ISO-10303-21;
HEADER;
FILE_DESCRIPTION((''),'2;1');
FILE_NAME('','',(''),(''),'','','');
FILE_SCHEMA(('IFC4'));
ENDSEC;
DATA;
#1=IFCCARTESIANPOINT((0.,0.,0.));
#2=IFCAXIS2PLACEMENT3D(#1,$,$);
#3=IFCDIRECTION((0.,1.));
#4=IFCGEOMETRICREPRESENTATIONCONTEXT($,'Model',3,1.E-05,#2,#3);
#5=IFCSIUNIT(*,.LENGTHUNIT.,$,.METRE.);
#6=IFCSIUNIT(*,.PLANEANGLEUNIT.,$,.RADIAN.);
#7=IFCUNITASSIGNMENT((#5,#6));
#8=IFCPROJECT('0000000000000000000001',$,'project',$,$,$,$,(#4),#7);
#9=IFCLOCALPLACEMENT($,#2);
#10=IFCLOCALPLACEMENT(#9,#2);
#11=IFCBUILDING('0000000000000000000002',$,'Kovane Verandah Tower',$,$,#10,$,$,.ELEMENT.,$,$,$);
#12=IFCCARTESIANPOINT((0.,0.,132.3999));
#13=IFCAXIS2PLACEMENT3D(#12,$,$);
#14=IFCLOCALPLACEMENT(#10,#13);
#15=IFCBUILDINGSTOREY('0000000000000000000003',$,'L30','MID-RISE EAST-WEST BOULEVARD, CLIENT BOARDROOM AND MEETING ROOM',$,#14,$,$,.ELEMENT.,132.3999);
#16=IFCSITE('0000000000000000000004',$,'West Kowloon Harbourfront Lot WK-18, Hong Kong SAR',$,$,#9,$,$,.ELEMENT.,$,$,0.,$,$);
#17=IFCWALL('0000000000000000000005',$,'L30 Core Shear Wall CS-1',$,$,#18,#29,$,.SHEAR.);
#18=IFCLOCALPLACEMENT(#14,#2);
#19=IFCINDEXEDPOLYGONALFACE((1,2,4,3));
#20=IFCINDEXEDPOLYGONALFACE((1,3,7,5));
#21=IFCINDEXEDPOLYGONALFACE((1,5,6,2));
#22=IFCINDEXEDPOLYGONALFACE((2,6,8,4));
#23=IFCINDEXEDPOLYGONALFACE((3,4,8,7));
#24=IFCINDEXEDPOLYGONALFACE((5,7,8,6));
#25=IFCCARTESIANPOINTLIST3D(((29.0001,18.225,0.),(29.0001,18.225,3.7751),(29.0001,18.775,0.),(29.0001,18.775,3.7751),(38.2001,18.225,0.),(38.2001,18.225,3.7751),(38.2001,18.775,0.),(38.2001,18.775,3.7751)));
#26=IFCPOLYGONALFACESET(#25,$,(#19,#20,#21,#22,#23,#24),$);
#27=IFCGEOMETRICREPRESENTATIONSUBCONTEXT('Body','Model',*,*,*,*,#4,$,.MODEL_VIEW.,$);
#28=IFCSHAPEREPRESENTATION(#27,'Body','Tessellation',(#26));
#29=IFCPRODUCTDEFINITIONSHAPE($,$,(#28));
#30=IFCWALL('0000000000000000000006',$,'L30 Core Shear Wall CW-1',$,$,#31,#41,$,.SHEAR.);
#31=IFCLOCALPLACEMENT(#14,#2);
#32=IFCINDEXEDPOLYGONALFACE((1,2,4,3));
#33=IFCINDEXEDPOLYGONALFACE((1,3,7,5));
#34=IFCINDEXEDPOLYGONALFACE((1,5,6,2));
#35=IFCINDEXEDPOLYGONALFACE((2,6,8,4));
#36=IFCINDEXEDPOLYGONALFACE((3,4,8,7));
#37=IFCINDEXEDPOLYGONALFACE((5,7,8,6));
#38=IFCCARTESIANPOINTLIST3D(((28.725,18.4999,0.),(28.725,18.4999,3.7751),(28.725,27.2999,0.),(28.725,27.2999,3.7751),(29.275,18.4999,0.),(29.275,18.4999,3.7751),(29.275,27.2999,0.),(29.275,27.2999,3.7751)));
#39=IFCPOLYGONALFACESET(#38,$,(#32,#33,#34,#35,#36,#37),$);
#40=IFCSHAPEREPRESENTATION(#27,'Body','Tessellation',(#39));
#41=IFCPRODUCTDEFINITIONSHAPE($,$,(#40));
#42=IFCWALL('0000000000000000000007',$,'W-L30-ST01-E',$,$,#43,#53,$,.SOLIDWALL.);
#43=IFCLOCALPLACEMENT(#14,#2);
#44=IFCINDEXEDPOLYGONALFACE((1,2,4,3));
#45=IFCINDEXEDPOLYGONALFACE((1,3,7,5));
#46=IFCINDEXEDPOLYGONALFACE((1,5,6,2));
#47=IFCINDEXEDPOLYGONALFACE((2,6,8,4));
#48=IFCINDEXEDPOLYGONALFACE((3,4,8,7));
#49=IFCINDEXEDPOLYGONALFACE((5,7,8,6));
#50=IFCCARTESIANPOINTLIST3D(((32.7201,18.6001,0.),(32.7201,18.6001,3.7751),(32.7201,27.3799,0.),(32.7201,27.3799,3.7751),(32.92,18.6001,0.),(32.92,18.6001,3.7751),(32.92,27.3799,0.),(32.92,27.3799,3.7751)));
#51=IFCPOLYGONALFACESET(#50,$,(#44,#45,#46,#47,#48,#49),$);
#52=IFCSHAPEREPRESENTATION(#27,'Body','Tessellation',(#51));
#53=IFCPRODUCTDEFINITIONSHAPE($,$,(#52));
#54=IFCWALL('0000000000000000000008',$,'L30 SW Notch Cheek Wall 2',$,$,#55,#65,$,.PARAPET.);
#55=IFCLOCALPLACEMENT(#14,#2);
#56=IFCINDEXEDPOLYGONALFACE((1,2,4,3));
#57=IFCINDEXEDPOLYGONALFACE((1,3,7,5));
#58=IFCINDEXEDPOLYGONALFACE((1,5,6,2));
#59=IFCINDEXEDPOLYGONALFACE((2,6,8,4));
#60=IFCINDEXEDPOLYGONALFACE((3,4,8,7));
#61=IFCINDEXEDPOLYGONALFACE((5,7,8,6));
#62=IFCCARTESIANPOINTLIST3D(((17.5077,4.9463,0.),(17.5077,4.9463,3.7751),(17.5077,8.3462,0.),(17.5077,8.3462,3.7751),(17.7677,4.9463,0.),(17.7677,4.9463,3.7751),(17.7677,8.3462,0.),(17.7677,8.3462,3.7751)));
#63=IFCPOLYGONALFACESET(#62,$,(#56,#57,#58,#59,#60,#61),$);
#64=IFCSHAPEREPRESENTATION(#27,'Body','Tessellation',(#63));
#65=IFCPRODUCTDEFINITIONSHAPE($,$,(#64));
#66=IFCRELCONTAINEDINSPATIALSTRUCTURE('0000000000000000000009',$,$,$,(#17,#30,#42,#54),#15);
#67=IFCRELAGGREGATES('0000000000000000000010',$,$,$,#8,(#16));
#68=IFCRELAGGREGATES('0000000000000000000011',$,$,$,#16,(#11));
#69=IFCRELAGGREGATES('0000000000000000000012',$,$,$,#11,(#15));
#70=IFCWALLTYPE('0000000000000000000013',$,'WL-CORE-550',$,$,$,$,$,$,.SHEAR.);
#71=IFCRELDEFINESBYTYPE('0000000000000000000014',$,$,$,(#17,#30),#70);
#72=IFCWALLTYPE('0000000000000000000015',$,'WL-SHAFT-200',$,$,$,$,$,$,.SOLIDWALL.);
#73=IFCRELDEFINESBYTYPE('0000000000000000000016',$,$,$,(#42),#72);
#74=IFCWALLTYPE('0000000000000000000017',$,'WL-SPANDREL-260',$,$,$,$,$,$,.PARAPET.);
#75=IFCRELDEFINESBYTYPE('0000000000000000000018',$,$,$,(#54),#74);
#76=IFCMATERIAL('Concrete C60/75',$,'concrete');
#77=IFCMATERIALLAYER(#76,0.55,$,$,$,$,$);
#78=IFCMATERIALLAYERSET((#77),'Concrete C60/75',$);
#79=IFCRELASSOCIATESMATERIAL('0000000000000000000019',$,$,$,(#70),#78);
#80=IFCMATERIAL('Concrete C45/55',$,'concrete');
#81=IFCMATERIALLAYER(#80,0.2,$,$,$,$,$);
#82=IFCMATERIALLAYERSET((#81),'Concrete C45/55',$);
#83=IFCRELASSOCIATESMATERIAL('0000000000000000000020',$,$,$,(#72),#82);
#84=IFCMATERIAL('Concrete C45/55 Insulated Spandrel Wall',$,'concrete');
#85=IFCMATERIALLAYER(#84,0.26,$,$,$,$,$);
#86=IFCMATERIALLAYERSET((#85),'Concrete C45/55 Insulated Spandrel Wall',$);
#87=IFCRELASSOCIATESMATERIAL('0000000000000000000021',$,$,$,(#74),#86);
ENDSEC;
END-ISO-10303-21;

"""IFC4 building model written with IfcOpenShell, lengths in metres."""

from ifc_helpers import new_model, si_unit, direction, frame, frame_2d, origin, place, context, subcontext, project, spatial, rectangle, extrude, material, layer, layer_set, type_object, element, save


model = new_model("IFC4")

# Units and contexts
model_context = context("Model", 3, precision=1e-05, world=origin(), true_north=direction((0.0, 1.0)))
body_context = subcontext(model_context, "Body", "Model", "MODEL_VIEW")
ifc_project = project(units=[si_unit("LENGTHUNIT", "METRE"), si_unit("PLANEANGLEUNIT", "RADIAN")], contexts=[model_context])

# Site, building, storey
site_placement = place(None, origin())
site = spatial("IfcSite", under=ifc_project, at=site_placement, Name="West Kowloon Harbourfront Lot WK-18, Hong Kong SAR", CompositionType="ELEMENT", RefElevation=0.0)
building_placement = place(site_placement, origin())
building = spatial("IfcBuilding", under=site, at=building_placement, Name="Kovane Verandah Tower", CompositionType="ELEMENT")
storey_placement = place(building_placement, frame((0.0, 0.0, 132.3999)))
storey = spatial("IfcBuildingStorey", under=building, at=storey_placement, Name="L30", Description="MID-RISE EAST-WEST BOULEVARD, CLIENT BOARDROOM AND MEETING ROOM", CompositionType="ELEMENT", Elevation=132.3999)

# Walls
ifc_material_1 = material(Name="Concrete C60/75", Category="concrete")
ifc_layer_1 = layer(ifc_material_1, 0.55)
ifc_layer_set_1 = layer_set([ifc_layer_1], Name="Concrete C60/75")
wall_type_1 = type_object("IfcWallType", Name="WL-CORE-550", PredefinedType="SHEAR", material=ifc_layer_set_1)
wall_1_placement = place(storey_placement, frame((29.0, 18.5, 0.0), z_axis=(0.0, 0.0, 1.0), x_axis=(1.0, 0.0, 0.0)))
element("IfcWall", 1, at=wall_1_placement, inside=storey, type_object=wall_type_1, Name="L30 Core Shear Wall CS-1", PredefinedType="SHEAR", context=body_context, shape_type="SweptSolid", body=[
    extrude(rectangle(XDim=9.2, YDim=0.55, at=frame_2d((4.6001, 0.0))), origin(), (0.0, 0.0, 1.0), 3.7751),
])
wall_2_placement = place(storey_placement, frame((29.0, 18.5, 0.0), z_axis=(0.0, 0.0, 1.0), x_axis=(0.0, 1.0, 0.0)))
element("IfcWall", 2, at=wall_2_placement, inside=storey, type_object=wall_type_1, Name="L30 Core Shear Wall CW-1", PredefinedType="SHEAR", context=body_context, shape_type="SweptSolid", body=[
    extrude(rectangle(XDim=8.8, YDim=0.55, at=frame_2d((4.3999, 0.0))), origin(), (0.0, 0.0, 1.0), 3.7751),
])
ifc_material_2 = material(Name="Concrete C45/55", Category="concrete")
ifc_layer_2 = layer(ifc_material_2, 0.2)
ifc_layer_set_2 = layer_set([ifc_layer_2], Name="Concrete C45/55")
wall_type_2 = type_object("IfcWallType", Name="WL-SHAFT-200", PredefinedType="SOLIDWALL", material=ifc_layer_set_2)
wall_3_placement = place(storey_placement, frame((32.8201, 18.6001, 0.0), z_axis=(0.0, 0.0, 1.0), x_axis=(0.0, 1.0, 0.0)))
element("IfcWall", 3, at=wall_3_placement, inside=storey, type_object=wall_type_2, Name="W-L30-ST01-E", PredefinedType="SOLIDWALL", context=body_context, shape_type="SweptSolid", body=[
    extrude(rectangle(XDim=8.7798, YDim=0.2, at=frame_2d((4.3899, 0.0))), origin(), (0.0, 0.0, 1.0), 3.7751),
])
ifc_material_3 = material(Name="Concrete C45/55 Insulated Spandrel Wall", Category="concrete")
ifc_layer_3 = layer(ifc_material_3, 0.26)
ifc_layer_set_3 = layer_set([ifc_layer_3], Name="Concrete C45/55 Insulated Spandrel Wall")
wall_type_3 = type_object("IfcWallType", Name="WL-SPANDREL-260", PredefinedType="PARAPET", material=ifc_layer_set_3)
wall_4_placement = place(storey_placement, frame((17.6377, 8.3462, 0.0), z_axis=(0.0, 0.0, 1.0), x_axis=(0.0, -1.0, 0.0)))
element("IfcWall", 4, at=wall_4_placement, inside=storey, type_object=wall_type_3, Name="L30 SW Notch Cheek Wall 2", PredefinedType="PARAPET", context=body_context, shape_type="SweptSolid", body=[
    extrude(rectangle(XDim=3.3999, YDim=0.26, at=frame_2d((1.7, 0.0))), origin(), (0.0, 0.0, 1.0), 3.7751),
])

save(model, "model.ifc")
